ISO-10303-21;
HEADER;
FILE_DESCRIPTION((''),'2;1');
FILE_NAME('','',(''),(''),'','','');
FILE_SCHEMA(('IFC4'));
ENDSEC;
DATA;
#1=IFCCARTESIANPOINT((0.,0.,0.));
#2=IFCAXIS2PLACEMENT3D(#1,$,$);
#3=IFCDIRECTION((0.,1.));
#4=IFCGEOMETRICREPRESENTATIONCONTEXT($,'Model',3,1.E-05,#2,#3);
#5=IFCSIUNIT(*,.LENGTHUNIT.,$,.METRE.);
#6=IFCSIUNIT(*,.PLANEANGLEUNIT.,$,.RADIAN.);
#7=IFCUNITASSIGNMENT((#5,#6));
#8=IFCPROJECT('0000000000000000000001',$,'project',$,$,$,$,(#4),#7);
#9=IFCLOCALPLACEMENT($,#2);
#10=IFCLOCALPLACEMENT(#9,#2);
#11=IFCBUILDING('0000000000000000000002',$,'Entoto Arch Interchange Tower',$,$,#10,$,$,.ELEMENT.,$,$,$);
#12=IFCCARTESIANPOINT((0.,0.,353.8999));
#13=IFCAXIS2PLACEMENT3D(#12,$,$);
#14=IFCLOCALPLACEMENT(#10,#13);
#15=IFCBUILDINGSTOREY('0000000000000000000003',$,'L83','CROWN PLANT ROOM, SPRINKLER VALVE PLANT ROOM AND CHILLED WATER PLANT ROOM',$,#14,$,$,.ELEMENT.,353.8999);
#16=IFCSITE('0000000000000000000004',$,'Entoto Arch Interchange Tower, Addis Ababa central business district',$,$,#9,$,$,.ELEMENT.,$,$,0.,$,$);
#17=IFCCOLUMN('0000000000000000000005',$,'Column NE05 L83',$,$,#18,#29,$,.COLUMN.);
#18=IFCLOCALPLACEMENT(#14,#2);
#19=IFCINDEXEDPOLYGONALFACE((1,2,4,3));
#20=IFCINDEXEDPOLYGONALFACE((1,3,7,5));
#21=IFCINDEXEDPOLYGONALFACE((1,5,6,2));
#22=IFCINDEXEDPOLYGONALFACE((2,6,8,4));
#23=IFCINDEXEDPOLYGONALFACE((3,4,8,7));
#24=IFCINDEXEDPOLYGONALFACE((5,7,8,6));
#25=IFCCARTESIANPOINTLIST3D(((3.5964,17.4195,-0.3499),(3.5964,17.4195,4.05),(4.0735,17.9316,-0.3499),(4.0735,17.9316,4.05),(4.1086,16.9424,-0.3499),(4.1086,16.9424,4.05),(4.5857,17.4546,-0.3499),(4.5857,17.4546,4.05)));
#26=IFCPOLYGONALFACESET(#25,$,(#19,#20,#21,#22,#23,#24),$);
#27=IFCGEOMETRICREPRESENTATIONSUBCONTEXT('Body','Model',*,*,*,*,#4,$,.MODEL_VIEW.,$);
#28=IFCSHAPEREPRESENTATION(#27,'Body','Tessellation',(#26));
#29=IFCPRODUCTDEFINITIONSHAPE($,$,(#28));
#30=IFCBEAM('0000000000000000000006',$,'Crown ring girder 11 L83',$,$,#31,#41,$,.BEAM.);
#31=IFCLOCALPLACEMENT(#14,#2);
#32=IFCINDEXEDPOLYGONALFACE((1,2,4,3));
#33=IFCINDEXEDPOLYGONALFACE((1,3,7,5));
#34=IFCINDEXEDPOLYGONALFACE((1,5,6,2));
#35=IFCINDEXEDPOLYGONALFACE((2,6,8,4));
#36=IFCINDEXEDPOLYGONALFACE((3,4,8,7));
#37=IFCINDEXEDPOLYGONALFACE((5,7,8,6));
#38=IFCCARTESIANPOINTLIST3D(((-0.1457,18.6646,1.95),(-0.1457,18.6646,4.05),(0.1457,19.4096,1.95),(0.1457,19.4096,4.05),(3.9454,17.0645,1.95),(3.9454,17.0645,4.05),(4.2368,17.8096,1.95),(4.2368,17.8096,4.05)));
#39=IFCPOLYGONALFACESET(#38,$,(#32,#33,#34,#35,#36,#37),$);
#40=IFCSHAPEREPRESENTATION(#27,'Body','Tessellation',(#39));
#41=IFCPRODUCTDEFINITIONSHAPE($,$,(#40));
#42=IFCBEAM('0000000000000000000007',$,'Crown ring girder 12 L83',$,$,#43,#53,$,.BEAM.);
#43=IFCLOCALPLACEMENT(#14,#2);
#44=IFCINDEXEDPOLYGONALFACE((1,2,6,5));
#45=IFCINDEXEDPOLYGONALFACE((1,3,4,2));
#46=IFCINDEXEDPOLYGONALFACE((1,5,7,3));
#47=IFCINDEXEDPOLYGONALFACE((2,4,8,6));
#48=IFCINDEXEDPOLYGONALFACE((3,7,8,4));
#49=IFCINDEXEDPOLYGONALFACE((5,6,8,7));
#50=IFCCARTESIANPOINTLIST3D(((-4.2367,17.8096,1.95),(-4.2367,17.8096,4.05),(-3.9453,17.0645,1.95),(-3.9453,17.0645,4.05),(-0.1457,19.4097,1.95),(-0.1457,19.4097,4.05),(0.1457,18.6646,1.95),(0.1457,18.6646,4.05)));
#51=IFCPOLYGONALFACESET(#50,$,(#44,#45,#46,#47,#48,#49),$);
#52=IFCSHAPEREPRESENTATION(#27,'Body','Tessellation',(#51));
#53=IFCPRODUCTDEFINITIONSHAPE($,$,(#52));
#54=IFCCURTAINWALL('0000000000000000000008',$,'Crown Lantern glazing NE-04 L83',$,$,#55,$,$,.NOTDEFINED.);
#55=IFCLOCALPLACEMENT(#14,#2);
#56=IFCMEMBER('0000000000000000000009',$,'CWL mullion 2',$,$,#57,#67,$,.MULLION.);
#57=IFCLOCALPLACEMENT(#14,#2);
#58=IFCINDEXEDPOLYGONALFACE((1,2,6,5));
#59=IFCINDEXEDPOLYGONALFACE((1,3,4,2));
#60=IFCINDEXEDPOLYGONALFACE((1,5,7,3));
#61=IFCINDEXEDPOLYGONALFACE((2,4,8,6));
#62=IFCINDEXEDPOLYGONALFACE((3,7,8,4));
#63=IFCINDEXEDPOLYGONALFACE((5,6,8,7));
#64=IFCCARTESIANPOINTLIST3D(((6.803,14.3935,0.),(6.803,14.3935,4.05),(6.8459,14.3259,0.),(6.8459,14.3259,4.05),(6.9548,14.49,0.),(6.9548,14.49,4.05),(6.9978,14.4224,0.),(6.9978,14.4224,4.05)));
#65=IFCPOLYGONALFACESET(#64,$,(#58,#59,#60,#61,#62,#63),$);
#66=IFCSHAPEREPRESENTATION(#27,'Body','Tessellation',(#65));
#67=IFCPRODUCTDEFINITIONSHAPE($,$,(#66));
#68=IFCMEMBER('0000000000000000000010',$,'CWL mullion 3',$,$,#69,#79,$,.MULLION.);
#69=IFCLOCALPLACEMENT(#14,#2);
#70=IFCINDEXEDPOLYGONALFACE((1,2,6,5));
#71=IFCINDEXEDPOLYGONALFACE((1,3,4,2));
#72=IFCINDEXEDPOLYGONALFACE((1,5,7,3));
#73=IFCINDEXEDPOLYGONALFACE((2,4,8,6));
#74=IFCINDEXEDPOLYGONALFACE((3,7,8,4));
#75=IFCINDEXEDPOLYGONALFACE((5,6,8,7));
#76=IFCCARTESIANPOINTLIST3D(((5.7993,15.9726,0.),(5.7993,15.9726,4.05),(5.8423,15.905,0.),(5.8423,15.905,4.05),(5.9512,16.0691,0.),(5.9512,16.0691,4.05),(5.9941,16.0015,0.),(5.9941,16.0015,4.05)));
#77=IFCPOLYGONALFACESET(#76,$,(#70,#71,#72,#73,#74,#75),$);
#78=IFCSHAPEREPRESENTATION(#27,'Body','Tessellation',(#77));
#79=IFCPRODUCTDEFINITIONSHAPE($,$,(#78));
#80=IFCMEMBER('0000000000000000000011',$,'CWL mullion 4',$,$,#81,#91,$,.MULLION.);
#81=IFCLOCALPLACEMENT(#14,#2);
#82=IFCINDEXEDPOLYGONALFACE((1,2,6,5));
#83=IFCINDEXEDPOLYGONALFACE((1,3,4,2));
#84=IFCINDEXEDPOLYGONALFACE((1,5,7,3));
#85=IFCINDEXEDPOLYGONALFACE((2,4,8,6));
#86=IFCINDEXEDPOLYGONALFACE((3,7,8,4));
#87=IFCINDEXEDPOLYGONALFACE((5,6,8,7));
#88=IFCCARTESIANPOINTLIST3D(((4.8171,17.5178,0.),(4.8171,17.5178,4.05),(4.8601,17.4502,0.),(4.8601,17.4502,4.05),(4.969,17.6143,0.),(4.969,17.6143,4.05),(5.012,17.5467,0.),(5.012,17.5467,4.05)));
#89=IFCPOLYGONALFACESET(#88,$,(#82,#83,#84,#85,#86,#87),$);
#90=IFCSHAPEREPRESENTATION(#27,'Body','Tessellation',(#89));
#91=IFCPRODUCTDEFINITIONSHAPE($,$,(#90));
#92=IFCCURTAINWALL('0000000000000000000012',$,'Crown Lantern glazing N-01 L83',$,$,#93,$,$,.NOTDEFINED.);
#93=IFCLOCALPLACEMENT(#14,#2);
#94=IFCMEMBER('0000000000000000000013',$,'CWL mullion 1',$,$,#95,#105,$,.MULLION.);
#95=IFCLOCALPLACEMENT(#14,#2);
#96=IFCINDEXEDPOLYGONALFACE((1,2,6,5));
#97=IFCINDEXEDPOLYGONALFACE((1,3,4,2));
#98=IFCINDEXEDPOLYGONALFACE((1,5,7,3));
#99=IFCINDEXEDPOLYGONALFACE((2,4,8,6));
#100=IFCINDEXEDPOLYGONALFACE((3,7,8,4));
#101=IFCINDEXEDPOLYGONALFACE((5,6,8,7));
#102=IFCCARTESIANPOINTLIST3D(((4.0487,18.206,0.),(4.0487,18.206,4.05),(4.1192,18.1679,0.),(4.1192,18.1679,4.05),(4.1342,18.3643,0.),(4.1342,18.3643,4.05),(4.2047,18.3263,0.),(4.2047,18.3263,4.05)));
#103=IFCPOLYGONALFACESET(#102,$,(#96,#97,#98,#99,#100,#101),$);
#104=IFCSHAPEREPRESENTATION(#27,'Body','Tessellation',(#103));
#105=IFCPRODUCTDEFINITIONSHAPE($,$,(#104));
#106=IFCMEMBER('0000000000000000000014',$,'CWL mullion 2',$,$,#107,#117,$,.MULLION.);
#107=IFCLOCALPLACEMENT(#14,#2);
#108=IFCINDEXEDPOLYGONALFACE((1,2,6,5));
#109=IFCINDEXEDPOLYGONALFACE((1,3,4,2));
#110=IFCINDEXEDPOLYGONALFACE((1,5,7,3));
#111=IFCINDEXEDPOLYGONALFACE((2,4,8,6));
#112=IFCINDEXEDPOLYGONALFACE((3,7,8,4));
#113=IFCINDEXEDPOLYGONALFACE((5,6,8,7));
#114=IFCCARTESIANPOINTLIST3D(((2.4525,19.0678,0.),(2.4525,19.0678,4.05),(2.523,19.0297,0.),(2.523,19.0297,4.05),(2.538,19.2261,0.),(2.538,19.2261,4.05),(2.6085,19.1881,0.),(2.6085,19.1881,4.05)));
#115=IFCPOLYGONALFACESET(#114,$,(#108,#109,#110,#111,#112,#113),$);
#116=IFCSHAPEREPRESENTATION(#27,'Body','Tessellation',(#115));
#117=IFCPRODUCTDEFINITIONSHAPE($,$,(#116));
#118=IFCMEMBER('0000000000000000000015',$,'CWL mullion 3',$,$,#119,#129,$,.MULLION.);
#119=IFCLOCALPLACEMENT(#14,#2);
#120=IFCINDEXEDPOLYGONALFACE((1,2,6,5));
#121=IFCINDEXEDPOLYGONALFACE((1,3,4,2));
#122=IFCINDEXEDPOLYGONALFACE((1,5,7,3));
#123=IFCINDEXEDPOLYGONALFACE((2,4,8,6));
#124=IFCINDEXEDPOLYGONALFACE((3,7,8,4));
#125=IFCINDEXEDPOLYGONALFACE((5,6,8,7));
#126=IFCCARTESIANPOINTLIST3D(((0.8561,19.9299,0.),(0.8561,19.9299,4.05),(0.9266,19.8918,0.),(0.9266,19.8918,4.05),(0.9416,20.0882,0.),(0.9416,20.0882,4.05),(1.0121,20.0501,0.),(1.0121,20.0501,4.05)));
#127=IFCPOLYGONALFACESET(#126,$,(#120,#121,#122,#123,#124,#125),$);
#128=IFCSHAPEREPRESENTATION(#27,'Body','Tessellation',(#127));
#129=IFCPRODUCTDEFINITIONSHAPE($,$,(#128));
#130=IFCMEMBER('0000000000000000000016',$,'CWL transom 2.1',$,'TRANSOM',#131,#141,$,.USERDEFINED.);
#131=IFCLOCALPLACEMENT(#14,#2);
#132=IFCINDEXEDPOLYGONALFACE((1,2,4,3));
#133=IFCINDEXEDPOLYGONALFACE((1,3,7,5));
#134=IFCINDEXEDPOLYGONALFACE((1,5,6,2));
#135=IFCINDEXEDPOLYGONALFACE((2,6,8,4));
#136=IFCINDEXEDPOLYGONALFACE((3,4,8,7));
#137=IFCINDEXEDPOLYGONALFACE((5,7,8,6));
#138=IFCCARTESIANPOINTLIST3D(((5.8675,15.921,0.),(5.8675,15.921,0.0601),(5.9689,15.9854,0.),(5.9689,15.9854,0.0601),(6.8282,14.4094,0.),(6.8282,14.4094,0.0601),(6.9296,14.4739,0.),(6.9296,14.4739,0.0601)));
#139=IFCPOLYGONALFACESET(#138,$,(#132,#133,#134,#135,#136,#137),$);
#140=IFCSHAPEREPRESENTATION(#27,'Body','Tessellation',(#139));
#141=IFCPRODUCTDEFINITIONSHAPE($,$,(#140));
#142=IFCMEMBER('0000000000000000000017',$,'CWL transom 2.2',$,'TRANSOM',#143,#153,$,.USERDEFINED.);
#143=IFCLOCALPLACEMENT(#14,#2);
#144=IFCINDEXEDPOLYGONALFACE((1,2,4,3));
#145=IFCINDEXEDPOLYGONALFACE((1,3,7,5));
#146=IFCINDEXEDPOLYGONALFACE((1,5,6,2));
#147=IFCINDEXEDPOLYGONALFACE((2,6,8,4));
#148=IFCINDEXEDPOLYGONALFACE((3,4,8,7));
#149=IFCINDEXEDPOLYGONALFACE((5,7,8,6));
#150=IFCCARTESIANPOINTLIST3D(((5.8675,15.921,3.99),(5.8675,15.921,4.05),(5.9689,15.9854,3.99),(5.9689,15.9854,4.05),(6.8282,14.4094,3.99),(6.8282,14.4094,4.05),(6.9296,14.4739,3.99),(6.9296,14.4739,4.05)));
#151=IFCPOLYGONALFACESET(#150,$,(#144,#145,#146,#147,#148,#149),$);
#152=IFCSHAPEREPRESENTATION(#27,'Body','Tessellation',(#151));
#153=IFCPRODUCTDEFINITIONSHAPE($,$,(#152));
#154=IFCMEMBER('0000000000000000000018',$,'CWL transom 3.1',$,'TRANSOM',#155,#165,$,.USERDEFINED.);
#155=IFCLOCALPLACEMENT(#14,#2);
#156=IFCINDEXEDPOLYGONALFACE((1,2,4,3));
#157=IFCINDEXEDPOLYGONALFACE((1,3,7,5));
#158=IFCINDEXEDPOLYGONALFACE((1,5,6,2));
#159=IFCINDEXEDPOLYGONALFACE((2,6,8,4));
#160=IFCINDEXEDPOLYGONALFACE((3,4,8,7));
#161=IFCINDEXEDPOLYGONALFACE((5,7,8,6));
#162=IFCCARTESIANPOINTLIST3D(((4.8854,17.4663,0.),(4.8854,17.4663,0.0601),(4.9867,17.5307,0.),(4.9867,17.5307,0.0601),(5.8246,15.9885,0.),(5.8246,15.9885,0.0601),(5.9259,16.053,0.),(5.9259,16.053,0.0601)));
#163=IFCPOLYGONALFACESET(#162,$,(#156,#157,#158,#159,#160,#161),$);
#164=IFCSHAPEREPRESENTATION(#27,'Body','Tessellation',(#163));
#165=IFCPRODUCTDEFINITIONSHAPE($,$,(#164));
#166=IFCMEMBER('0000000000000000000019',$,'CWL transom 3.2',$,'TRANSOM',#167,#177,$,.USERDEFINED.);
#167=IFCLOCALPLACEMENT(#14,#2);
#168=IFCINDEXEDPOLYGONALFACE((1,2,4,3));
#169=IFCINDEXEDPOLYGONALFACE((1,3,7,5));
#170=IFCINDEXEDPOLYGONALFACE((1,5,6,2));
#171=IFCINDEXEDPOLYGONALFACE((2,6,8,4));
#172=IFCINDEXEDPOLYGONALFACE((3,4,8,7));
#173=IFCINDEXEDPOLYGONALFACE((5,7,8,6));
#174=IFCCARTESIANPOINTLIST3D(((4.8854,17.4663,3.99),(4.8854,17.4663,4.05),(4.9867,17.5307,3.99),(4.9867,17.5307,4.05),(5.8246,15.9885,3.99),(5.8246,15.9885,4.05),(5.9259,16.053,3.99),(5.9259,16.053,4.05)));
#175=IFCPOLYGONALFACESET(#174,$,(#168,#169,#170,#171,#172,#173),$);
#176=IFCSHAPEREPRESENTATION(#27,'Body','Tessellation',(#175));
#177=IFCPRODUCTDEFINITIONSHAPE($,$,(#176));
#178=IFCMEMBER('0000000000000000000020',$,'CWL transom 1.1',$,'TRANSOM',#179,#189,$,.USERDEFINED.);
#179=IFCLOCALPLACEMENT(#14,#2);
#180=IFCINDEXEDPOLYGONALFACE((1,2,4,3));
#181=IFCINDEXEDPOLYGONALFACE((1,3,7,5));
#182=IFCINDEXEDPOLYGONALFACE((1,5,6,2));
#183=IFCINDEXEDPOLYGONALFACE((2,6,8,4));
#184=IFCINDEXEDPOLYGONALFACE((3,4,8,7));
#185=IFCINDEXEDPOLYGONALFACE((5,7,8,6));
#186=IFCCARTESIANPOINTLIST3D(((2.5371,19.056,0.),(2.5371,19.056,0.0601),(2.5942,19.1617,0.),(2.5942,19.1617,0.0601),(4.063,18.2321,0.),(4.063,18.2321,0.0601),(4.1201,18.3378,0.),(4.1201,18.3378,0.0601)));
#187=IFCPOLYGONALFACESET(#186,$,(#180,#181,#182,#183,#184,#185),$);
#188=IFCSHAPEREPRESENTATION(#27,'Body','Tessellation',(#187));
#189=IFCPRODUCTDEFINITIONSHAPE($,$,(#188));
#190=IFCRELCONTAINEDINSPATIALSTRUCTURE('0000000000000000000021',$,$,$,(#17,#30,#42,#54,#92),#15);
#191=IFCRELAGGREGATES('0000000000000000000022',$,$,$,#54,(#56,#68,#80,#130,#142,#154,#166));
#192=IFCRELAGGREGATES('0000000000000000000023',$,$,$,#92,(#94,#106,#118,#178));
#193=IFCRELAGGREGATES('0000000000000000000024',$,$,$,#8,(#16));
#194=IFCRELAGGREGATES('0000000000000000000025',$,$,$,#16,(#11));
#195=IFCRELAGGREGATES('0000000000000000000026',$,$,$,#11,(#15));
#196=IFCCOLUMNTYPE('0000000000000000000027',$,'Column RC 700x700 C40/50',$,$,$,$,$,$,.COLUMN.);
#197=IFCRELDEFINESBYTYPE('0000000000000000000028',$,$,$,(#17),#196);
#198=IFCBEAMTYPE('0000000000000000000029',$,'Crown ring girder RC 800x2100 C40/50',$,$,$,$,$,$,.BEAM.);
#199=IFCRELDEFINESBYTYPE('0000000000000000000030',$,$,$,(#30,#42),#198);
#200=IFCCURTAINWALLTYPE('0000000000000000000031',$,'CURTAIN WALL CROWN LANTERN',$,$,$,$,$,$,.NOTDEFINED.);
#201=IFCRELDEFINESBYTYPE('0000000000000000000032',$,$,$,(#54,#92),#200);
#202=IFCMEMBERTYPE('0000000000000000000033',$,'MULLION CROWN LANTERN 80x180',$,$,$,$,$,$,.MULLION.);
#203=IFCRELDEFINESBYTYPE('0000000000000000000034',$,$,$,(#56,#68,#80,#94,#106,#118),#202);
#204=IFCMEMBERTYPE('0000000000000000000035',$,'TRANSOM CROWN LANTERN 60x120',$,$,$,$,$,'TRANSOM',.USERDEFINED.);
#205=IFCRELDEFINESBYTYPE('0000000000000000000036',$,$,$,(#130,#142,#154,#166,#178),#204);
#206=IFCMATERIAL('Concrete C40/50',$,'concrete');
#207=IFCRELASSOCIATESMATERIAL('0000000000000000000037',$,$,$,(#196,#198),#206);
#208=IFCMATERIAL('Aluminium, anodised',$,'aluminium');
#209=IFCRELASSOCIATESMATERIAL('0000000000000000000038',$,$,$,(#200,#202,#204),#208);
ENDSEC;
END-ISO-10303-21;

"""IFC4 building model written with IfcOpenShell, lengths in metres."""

from ifc_helpers import new_model, si_unit, direction, frame, origin, origin_2d, place, context, subcontext, project, spatial, rectangle, extrude, material, material_profile, profile_set, type_object, element, aggregate, save


model = new_model("IFC4")

# Units and contexts
model_context = context("Model", 3, precision=1e-05, world=origin(), true_north=direction((0.0, 1.0)))
body_context = subcontext(model_context, "Body", "Model", "MODEL_VIEW")
ifc_project = project(units=[si_unit("LENGTHUNIT", "METRE"), si_unit("PLANEANGLEUNIT", "RADIAN")], contexts=[model_context])

# Site, building, storey
site_placement = place(None, origin())
site = spatial("IfcSite", under=ifc_project, at=site_placement, Name="Entoto Arch Interchange Tower, Addis Ababa central business district", CompositionType="ELEMENT", RefElevation=0.0)
building_placement = place(site_placement, origin())
building = spatial("IfcBuilding", under=site, at=building_placement, Name="Entoto Arch Interchange Tower", CompositionType="ELEMENT")
storey_placement = place(building_placement, frame((0.0, 0.0, 353.8999)))
storey = spatial("IfcBuildingStorey", under=building, at=storey_placement, Name="L83", Description="CROWN PLANT ROOM, SPRINKLER VALVE PLANT ROOM AND CHILLED WATER PLANT ROOM", CompositionType="ELEMENT", Elevation=353.8999)

# Column
ifc_material_1 = material(Name="Concrete C40/50", Category="concrete")
ifc_material_profile_1 = material_profile(ifc_material_1, rectangle(XDim=0.7, YDim=0.7, at=origin_2d()))
ifc_profile_set_1 = profile_set([ifc_material_profile_1], Name="Concrete C40/50")
column_type = type_object("IfcColumnType", Name="Column RC 700x700 C40/50", PredefinedType="COLUMN", material=ifc_profile_set_1)
column_placement = place(storey_placement, frame((4.0911, 17.437, -0.3499), z_axis=(0.0, 0.0, 1.0), x_axis=(-0.731734, 0.68159, 0.0)))
element("IfcColumn", 1, at=column_placement, inside=storey, type_object=column_type, Name="Column NE05 L83", PredefinedType="COLUMN", context=body_context, shape_type="SweptSolid", body=[
    extrude(rectangle(XDim=0.7, YDim=0.7, at=origin_2d()), origin(), (0.0, 0.0, 1.0), 4.3999),
])

# Beams
ifc_material_profile_2 = material_profile(ifc_material_1, rectangle(XDim=0.8, YDim=2.1001, at=origin_2d()))
ifc_profile_set_2 = profile_set([ifc_material_profile_2], Name="Concrete C40/50")
beam_type = type_object("IfcBeamType", Name="Crown ring girder RC 800x2100 C40/50", PredefinedType="BEAM", material=ifc_profile_set_2)
for number, where, z_axis, x_axis, name in (
    (2, (4.0911, 17.437, 3.0), (-0.931301, 0.364251, 0.0), (-0.364251, -0.931301, 0.0), "Crown ring girder 11 L83"),
    (3, (0.0, 19.0371, 3.0), (-0.931301, -0.364251, 0.0), (0.364251, -0.931301, 0.0), "Crown ring girder 12 L83"),
):
    element("IfcBeam", number, at=place(storey_placement, frame(where, z_axis=z_axis, x_axis=x_axis)), inside=storey, type_object=beam_type, Name=name, PredefinedType="BEAM", context=body_context, shape_type="SweptSolid", body=[
        extrude(rectangle(XDim=0.8, YDim=2.1001, at=origin_2d()), origin(), (0.0, 0.0, 1.0), 4.3928),
    ])

# Curtain walls, members
ifc_material_2 = material(Name="Aluminium, anodised", Category="aluminium")
curtain_wall_type = type_object("IfcCurtainWallType", Name="CURTAIN WALL CROWN LANTERN", PredefinedType="NOTDEFINED", material=ifc_material_2)
curtain_wall_1_placement = place(storey_placement, origin())
curtain_wall_1 = element("IfcCurtainWall", 4, at=curtain_wall_1_placement, inside=storey, type_object=curtain_wall_type, Name="Crown Lantern glazing NE-04 L83", PredefinedType="NOTDEFINED")
ifc_material_profile_3 = material_profile(ifc_material_2, rectangle(XDim=0.1799, YDim=0.0801, at=origin_2d()))
ifc_profile_set_3 = profile_set([ifc_material_profile_3], Name="Aluminium, anodised")
member_type_1 = type_object("IfcMemberType", Name="MULLION CROWN LANTERN 80x180", PredefinedType="MULLION", material=ifc_profile_set_3)
member_1_placement = place(storey_placement, frame((6.9004, 14.408, 0.0), z_axis=(0.0, 0.0, 1.0), x_axis=(-0.84394, -0.536437, 0.0)))
member_1 = element("IfcMember", 5, at=member_1_placement, type_object=member_type_1, Name="CWL mullion 2", PredefinedType="MULLION", context=body_context, shape_type="SweptSolid", body=[
    extrude(rectangle(XDim=0.1799, YDim=0.0801, at=origin_2d()), origin(), (0.0, 0.0, 1.0), 4.05),
])
member_2_placement = place(storey_placement, frame((5.8967, 15.9871, 0.0), z_axis=(0.0, 0.0, 1.0), x_axis=(-0.84394, -0.536437, 0.0)))
member_2 = element("IfcMember", 6, at=member_2_placement, type_object=member_type_1, Name="CWL mullion 3", PredefinedType="MULLION", context=body_context, shape_type="SweptSolid", body=[
    extrude(rectangle(XDim=0.1799, YDim=0.0801, at=origin_2d()), origin(), (0.0, 0.0, 1.0), 4.05),
])
member_3_placement = place(storey_placement, frame((4.9146, 17.5322, 0.0), z_axis=(0.0, 0.0, 1.0), x_axis=(-0.84394, -0.536437, 0.0)))
member_3 = element("IfcMember", 7, at=member_3_placement, type_object=member_type_1, Name="CWL mullion 4", PredefinedType="MULLION", context=body_context, shape_type="SweptSolid", body=[
    extrude(rectangle(XDim=0.1799, YDim=0.0801, at=origin_2d()), origin(), (0.0, 0.0, 1.0), 4.05),
])
curtain_wall_2_placement = place(storey_placement, origin())
curtain_wall_2 = element("IfcCurtainWall", 8, at=curtain_wall_2_placement, inside=storey, type_object=curtain_wall_type, Name="Crown Lantern glazing N-01 L83", PredefinedType="NOTDEFINED")
member_4_placement = place(storey_placement, frame((4.1267, 18.2661, 0.0), z_axis=(0.0, 0.0, 1.0), x_axis=(-0.475145, -0.879908, 0.0)))
member_4 = element("IfcMember", 9, at=member_4_placement, type_object=member_type_1, Name="CWL mullion 1", PredefinedType="MULLION", context=body_context, shape_type="SweptSolid", body=[
    extrude(rectangle(XDim=0.1799, YDim=0.0801, at=origin_2d()), origin(), (0.0, 0.0, 1.0), 4.05),
])
member_5_placement = place(storey_placement, frame((2.5305, 19.1279, 0.0), z_axis=(0.0, 0.0, 1.0), x_axis=(-0.475145, -0.879908, 0.0)))
member_5 = element("IfcMember", 10, at=member_5_placement, type_object=member_type_1, Name="CWL mullion 2", PredefinedType="MULLION", context=body_context, shape_type="SweptSolid", body=[
    extrude(rectangle(XDim=0.1799, YDim=0.0801, at=origin_2d()), origin(), (0.0, 0.0, 1.0), 4.05),
])
member_6_placement = place(storey_placement, frame((0.9341, 19.99, 0.0), z_axis=(0.0, 0.0, 1.0), x_axis=(-0.475145, -0.879908, 0.0)))
member_6 = element("IfcMember", 11, at=member_6_placement, type_object=member_type_1, Name="CWL mullion 3", PredefinedType="MULLION", context=body_context, shape_type="SweptSolid", body=[
    extrude(rectangle(XDim=0.1799, YDim=0.0801, at=origin_2d()), origin(), (0.0, 0.0, 1.0), 4.05),
])

# Members
ifc_material_profile_4 = material_profile(ifc_material_2, rectangle(XDim=0.1201, YDim=0.0601, at=origin_2d()))
ifc_profile_set_4 = profile_set([ifc_material_profile_4], Name="Aluminium, anodised")
member_type_2 = type_object("IfcMemberType", Name="TRANSOM CROWN LANTERN 60x120", ElementType="TRANSOM", PredefinedType="USERDEFINED", material=ifc_profile_set_4)
member_7_placement = place(storey_placement, frame((6.8789, 14.4417, 0.03), z_axis=(-0.536417, 0.843953, 0.0), x_axis=(-0.843953, -0.536417, 0.0)))
member_7 = element("IfcMember", 12, at=member_7_placement, type_object=member_type_2, Name="CWL transom 2.1", ObjectType="TRANSOM", PredefinedType="USERDEFINED", context=body_context, shape_type="SweptSolid", body=[
    extrude(rectangle(XDim=0.1201, YDim=0.0601, at=origin_2d()), origin(), (0.0, 0.0, 1.0), 1.791),
])
member_8_placement = place(storey_placement, frame((6.8789, 14.4417, 4.02), z_axis=(-0.536417, 0.843953, 0.0), x_axis=(-0.843953, -0.536417, 0.0)))
member_8 = element("IfcMember", 13, at=member_8_placement, type_object=member_type_2, Name="CWL transom 2.2", ObjectType="TRANSOM", PredefinedType="USERDEFINED", context=body_context, shape_type="SweptSolid", body=[
    extrude(rectangle(XDim=0.1201, YDim=0.0601, at=origin_2d()), origin(), (0.0, 0.0, 1.0), 1.791),
])
member_9_placement = place(storey_placement, frame((5.8752, 16.0208, 0.03), z_axis=(-0.536388, 0.843971, 0.0), x_axis=(-0.843971, -0.536388, 0.0)))
member_9 = element("IfcMember", 14, at=member_9_placement, type_object=member_type_2, Name="CWL transom 3.1", ObjectType="TRANSOM", PredefinedType="USERDEFINED", context=body_context, shape_type="SweptSolid", body=[
    extrude(rectangle(XDim=0.1201, YDim=0.0601, at=origin_2d()), origin(), (0.0, 0.0, 1.0), 1.751),
])
member_10_placement = place(storey_placement, frame((5.8752, 16.0208, 4.02), z_axis=(-0.536388, 0.843971, 0.0), x_axis=(-0.843971, -0.536388, 0.0)))
member_10 = element("IfcMember", 15, at=member_10_placement, type_object=member_type_2, Name="CWL transom 3.2", ObjectType="TRANSOM", PredefinedType="USERDEFINED", context=body_context, shape_type="SweptSolid", body=[
    extrude(rectangle(XDim=0.1201, YDim=0.0601, at=origin_2d()), origin(), (0.0, 0.0, 1.0), 1.751),
])
member_11_placement = place(storey_placement, frame((4.0916, 18.2849, 0.03), z_axis=(-0.879905, 0.475149, 0.0), x_axis=(-0.475149, -0.879905, 0.0)))
member_11 = element("IfcMember", 16, at=member_11_placement, type_object=member_type_2, Name="CWL transom 1.1", ObjectType="TRANSOM", PredefinedType="USERDEFINED", context=body_context, shape_type="SweptSolid", body=[
    extrude(rectangle(XDim=0.1201, YDim=0.0601, at=origin_2d()), origin(), (0.0, 0.0, 1.0), 1.7341),
])

aggregate(curtain_wall_1, [member_1, member_2, member_3, member_7, member_8, member_9, member_10])
aggregate(curtain_wall_2, [member_4, member_5, member_6, member_11])

save(model, "model.ifc")
